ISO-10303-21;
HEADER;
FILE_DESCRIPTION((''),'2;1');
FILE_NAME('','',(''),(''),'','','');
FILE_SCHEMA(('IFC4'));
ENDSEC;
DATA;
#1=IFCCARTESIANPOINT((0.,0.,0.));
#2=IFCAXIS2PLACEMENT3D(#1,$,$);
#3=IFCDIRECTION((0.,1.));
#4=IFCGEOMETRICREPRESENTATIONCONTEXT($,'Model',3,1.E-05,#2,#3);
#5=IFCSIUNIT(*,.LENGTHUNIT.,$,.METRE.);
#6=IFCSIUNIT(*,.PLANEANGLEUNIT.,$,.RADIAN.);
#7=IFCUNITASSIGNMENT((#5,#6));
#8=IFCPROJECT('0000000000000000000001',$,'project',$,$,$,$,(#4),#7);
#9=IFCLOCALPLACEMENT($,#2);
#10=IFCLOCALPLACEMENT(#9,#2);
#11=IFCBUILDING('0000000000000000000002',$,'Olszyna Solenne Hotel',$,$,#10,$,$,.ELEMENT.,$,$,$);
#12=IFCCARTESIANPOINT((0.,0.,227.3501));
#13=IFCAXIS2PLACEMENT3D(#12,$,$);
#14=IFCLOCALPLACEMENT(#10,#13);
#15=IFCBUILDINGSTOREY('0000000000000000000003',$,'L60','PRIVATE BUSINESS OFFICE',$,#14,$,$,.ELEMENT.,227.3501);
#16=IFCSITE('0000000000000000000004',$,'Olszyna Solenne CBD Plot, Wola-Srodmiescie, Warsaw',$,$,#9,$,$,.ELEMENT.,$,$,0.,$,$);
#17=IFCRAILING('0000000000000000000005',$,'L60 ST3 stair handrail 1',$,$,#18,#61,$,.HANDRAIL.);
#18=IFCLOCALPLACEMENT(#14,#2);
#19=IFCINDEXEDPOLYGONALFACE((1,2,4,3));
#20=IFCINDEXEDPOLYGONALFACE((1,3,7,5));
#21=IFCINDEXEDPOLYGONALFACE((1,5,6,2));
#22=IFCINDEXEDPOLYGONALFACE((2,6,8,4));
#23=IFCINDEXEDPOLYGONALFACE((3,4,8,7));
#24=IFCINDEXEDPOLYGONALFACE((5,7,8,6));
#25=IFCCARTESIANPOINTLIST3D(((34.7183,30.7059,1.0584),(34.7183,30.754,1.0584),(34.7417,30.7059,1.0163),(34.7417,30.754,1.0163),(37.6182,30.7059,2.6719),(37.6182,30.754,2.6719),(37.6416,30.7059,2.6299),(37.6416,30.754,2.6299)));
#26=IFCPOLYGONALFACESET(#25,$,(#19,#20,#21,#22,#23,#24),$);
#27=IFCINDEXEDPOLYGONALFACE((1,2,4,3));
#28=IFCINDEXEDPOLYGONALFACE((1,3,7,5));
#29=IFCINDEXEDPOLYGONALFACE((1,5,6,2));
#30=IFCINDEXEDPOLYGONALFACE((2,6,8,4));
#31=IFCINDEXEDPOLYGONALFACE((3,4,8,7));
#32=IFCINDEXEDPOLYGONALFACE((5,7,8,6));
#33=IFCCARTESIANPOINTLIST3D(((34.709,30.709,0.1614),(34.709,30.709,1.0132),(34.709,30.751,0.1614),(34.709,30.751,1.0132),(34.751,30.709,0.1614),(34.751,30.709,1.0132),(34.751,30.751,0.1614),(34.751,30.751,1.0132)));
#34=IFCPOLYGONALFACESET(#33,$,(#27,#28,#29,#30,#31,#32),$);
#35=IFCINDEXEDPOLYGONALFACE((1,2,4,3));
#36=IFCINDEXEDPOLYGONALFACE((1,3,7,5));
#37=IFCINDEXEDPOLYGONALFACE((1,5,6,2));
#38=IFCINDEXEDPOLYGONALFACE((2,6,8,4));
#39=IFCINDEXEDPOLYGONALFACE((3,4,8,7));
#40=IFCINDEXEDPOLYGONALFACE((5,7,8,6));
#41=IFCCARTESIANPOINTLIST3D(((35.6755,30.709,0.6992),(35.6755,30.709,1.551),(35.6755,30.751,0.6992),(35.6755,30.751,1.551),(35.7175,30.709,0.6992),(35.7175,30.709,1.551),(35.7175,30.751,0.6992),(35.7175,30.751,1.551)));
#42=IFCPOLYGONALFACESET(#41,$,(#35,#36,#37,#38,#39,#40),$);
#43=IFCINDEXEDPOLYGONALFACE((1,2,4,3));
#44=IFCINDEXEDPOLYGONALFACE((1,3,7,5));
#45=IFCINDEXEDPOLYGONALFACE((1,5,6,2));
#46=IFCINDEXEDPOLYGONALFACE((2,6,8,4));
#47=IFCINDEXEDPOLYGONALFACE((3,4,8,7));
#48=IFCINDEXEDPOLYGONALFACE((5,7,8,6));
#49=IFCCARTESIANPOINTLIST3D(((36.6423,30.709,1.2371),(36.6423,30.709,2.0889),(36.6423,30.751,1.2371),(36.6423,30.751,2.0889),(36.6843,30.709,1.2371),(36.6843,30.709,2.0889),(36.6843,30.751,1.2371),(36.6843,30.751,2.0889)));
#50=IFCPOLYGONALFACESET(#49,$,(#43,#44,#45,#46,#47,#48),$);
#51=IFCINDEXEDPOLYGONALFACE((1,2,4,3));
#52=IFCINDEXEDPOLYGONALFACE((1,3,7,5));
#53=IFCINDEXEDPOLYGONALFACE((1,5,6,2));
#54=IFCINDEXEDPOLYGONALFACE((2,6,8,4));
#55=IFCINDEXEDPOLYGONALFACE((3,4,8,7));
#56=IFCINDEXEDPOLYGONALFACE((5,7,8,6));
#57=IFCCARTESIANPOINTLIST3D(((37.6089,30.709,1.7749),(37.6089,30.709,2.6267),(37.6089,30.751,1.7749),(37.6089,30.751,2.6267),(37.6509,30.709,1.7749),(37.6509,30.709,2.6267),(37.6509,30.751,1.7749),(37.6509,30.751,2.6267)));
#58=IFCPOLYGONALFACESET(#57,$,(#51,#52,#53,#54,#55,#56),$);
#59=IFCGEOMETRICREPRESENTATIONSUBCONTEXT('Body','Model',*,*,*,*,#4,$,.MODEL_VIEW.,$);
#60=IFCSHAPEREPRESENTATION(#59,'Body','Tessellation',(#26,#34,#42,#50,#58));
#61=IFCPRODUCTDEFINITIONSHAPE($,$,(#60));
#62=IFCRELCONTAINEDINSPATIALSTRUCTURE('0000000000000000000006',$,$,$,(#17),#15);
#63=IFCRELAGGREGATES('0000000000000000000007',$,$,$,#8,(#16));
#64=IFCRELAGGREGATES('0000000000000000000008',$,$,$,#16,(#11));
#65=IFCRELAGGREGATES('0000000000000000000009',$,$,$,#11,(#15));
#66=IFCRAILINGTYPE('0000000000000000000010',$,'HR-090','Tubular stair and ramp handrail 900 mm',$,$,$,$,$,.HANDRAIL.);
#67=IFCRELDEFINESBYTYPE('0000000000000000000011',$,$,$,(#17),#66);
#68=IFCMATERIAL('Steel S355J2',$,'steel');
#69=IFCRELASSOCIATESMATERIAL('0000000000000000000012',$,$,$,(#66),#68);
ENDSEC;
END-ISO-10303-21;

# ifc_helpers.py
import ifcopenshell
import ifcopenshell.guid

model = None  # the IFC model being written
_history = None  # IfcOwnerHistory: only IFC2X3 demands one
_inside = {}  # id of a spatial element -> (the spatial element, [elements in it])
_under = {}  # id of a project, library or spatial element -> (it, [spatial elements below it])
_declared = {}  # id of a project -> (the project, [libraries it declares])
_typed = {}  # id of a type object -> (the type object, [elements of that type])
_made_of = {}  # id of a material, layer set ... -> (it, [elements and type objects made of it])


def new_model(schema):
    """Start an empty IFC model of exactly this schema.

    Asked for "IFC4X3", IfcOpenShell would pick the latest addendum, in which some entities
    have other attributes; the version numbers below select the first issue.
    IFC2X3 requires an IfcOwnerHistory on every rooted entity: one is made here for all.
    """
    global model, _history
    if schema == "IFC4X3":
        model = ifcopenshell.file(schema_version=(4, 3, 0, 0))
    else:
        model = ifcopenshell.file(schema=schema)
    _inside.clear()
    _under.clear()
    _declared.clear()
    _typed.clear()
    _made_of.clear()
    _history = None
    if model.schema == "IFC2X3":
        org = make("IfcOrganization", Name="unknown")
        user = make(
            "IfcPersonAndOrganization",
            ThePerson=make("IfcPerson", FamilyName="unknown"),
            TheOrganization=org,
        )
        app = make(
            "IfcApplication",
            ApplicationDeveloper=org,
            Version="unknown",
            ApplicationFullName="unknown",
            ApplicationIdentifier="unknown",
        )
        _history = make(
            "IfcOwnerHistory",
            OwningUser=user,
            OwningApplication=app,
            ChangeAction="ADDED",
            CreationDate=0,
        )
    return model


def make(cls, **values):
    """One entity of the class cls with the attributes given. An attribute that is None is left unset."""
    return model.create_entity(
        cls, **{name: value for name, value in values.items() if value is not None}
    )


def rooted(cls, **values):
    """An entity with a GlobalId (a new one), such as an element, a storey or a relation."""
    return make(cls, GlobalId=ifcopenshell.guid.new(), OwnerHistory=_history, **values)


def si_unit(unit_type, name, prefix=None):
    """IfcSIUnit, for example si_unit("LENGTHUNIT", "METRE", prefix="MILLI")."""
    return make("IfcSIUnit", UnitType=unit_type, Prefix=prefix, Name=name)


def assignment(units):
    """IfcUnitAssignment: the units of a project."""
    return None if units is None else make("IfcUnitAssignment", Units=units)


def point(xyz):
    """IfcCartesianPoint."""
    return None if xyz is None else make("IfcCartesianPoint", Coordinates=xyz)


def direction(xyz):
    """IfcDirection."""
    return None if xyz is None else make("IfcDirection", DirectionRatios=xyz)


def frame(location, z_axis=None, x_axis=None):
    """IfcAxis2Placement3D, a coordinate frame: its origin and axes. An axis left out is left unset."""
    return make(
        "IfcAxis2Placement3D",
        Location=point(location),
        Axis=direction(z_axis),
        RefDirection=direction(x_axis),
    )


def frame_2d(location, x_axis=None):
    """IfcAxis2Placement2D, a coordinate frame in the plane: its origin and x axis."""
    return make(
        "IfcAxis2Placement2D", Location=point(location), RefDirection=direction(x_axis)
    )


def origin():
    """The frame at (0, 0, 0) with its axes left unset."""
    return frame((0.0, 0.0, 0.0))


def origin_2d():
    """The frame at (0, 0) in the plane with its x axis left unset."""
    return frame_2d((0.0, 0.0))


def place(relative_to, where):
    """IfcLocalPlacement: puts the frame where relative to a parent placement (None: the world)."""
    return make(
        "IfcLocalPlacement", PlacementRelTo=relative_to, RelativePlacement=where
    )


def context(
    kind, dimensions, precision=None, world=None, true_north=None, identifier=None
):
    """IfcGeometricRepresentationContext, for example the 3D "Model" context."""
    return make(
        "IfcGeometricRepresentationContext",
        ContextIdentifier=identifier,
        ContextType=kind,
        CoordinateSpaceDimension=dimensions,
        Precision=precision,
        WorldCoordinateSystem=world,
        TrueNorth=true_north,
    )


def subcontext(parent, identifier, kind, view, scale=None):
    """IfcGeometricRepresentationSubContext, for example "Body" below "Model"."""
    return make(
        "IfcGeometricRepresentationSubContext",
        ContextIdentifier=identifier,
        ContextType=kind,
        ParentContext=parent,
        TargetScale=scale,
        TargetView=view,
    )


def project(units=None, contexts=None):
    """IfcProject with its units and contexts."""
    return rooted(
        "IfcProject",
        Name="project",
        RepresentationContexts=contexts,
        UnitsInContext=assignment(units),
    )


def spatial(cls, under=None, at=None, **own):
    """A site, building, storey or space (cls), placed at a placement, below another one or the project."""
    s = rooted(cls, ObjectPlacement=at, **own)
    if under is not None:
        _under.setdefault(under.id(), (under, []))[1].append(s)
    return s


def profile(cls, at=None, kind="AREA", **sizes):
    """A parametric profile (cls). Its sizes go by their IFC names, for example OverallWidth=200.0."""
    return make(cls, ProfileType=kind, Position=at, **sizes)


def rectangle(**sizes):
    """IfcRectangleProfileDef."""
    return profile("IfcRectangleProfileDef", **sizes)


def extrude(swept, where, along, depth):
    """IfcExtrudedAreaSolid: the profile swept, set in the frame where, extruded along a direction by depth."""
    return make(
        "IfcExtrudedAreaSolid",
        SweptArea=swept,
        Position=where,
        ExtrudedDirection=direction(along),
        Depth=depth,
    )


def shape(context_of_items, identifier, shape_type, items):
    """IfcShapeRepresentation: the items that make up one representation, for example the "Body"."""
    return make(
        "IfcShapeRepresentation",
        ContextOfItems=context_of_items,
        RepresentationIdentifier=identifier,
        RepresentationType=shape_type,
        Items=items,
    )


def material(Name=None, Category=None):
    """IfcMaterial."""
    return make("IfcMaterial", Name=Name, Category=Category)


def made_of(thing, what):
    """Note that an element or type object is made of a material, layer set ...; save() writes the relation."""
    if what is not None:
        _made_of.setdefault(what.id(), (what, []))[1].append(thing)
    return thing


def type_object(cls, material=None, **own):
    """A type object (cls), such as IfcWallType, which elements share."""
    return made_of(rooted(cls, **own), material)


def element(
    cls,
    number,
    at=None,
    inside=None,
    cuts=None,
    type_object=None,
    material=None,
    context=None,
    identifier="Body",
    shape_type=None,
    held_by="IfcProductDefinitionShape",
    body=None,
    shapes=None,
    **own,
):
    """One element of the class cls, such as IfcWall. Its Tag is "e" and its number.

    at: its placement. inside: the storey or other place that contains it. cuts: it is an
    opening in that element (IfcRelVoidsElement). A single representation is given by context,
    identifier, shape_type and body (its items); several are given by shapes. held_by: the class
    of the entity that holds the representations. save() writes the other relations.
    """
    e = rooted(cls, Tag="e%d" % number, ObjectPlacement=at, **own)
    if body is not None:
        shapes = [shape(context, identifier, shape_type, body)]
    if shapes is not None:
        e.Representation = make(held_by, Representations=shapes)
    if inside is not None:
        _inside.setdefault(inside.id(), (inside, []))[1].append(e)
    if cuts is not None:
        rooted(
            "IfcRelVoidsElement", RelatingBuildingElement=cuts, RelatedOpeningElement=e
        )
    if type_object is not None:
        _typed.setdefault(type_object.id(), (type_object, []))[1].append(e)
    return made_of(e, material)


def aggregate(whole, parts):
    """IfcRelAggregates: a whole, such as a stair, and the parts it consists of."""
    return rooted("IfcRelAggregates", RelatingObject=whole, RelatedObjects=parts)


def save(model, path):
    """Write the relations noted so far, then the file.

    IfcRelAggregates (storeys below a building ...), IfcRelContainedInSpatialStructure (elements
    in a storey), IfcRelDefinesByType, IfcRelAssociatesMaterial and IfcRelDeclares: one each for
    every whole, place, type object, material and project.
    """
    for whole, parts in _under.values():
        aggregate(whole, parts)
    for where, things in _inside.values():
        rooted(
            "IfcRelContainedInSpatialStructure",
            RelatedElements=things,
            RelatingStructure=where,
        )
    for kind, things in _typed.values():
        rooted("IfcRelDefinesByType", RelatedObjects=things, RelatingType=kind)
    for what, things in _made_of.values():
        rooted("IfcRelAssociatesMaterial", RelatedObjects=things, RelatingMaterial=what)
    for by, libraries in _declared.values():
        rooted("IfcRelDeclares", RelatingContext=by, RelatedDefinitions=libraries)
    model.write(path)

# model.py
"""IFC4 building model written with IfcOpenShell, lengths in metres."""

from ifc_helpers import new_model, si_unit, direction, frame, origin, origin_2d, place, context, subcontext, project, spatial, rectangle, extrude, material, type_object, element, save


model = new_model("IFC4")

# Units and contexts
model_context = context("Model", 3, precision=1e-05, world=origin(), true_north=direction((0.0, 1.0)))
body_context = subcontext(model_context, "Body", "Model", "MODEL_VIEW")
ifc_project = project(units=[si_unit("LENGTHUNIT", "METRE"), si_unit("PLANEANGLEUNIT", "RADIAN")], contexts=[model_context])

# Site, building, storey
site_placement = place(None, origin())
site = spatial("IfcSite", under=ifc_project, at=site_placement, Name="Olszyna Solenne CBD Plot, Wola-Srodmiescie, Warsaw", CompositionType="ELEMENT", RefElevation=0.0)
building_placement = place(site_placement, origin())
building = spatial("IfcBuilding", under=site, at=building_placement, Name="Olszyna Solenne Hotel", CompositionType="ELEMENT")
storey_placement = place(building_placement, frame((0.0, 0.0, 227.3501)))
storey = spatial("IfcBuildingStorey", under=building, at=storey_placement, Name="L60", Description="PRIVATE BUSINESS OFFICE", CompositionType="ELEMENT", Elevation=227.3501)

# Shared definitions
ifc_material_1 = material(Name="Steel S355J2", Category="steel")

# Railing
railing_type_1 = type_object("IfcRailingType", Name="HR-090", Description="Tubular stair and ramp handrail 900 mm", PredefinedType="HANDRAIL", material=ifc_material_1)
railing_1_placement = place(storey_placement, frame((34.73, 30.73, 0.1614)))
element("IfcRailing", 1, at=railing_1_placement, inside=storey, type_object=railing_type_1, Name="L60 ST3 stair handrail 1", PredefinedType="HANDRAIL", context=body_context, shape_type="SweptSolid", body=[
    extrude(rectangle(XDim=0.0481, YDim=0.0481, at=origin_2d()), frame((0.0, 0.0, 0.876), z_axis=(0.873841, 0.0, 0.486211), x_axis=(0.0, 1.0, 0.0)), (0.0, 0.0, 1.0), 3.3186),
    extrude(rectangle(XDim=0.042, YDim=0.042, at=origin_2d()), origin(), (0.0, 0.0, 1.0), 0.8518),
    extrude(rectangle(XDim=0.042, YDim=0.042, at=origin_2d()), frame((0.9666, 0.0, 0.5378)), (0.0, 0.0, 1.0), 0.8518),
    extrude(rectangle(XDim=0.042, YDim=0.042, at=origin_2d()), frame((1.9333, 0.0, 1.0757)), (0.0, 0.0, 1.0), 0.8518),
    extrude(rectangle(XDim=0.042, YDim=0.042, at=origin_2d()), frame((2.8999, 0.0, 1.6135)), (0.0, 0.0, 1.0), 0.8518),
])

save(model, "model.ifc")
